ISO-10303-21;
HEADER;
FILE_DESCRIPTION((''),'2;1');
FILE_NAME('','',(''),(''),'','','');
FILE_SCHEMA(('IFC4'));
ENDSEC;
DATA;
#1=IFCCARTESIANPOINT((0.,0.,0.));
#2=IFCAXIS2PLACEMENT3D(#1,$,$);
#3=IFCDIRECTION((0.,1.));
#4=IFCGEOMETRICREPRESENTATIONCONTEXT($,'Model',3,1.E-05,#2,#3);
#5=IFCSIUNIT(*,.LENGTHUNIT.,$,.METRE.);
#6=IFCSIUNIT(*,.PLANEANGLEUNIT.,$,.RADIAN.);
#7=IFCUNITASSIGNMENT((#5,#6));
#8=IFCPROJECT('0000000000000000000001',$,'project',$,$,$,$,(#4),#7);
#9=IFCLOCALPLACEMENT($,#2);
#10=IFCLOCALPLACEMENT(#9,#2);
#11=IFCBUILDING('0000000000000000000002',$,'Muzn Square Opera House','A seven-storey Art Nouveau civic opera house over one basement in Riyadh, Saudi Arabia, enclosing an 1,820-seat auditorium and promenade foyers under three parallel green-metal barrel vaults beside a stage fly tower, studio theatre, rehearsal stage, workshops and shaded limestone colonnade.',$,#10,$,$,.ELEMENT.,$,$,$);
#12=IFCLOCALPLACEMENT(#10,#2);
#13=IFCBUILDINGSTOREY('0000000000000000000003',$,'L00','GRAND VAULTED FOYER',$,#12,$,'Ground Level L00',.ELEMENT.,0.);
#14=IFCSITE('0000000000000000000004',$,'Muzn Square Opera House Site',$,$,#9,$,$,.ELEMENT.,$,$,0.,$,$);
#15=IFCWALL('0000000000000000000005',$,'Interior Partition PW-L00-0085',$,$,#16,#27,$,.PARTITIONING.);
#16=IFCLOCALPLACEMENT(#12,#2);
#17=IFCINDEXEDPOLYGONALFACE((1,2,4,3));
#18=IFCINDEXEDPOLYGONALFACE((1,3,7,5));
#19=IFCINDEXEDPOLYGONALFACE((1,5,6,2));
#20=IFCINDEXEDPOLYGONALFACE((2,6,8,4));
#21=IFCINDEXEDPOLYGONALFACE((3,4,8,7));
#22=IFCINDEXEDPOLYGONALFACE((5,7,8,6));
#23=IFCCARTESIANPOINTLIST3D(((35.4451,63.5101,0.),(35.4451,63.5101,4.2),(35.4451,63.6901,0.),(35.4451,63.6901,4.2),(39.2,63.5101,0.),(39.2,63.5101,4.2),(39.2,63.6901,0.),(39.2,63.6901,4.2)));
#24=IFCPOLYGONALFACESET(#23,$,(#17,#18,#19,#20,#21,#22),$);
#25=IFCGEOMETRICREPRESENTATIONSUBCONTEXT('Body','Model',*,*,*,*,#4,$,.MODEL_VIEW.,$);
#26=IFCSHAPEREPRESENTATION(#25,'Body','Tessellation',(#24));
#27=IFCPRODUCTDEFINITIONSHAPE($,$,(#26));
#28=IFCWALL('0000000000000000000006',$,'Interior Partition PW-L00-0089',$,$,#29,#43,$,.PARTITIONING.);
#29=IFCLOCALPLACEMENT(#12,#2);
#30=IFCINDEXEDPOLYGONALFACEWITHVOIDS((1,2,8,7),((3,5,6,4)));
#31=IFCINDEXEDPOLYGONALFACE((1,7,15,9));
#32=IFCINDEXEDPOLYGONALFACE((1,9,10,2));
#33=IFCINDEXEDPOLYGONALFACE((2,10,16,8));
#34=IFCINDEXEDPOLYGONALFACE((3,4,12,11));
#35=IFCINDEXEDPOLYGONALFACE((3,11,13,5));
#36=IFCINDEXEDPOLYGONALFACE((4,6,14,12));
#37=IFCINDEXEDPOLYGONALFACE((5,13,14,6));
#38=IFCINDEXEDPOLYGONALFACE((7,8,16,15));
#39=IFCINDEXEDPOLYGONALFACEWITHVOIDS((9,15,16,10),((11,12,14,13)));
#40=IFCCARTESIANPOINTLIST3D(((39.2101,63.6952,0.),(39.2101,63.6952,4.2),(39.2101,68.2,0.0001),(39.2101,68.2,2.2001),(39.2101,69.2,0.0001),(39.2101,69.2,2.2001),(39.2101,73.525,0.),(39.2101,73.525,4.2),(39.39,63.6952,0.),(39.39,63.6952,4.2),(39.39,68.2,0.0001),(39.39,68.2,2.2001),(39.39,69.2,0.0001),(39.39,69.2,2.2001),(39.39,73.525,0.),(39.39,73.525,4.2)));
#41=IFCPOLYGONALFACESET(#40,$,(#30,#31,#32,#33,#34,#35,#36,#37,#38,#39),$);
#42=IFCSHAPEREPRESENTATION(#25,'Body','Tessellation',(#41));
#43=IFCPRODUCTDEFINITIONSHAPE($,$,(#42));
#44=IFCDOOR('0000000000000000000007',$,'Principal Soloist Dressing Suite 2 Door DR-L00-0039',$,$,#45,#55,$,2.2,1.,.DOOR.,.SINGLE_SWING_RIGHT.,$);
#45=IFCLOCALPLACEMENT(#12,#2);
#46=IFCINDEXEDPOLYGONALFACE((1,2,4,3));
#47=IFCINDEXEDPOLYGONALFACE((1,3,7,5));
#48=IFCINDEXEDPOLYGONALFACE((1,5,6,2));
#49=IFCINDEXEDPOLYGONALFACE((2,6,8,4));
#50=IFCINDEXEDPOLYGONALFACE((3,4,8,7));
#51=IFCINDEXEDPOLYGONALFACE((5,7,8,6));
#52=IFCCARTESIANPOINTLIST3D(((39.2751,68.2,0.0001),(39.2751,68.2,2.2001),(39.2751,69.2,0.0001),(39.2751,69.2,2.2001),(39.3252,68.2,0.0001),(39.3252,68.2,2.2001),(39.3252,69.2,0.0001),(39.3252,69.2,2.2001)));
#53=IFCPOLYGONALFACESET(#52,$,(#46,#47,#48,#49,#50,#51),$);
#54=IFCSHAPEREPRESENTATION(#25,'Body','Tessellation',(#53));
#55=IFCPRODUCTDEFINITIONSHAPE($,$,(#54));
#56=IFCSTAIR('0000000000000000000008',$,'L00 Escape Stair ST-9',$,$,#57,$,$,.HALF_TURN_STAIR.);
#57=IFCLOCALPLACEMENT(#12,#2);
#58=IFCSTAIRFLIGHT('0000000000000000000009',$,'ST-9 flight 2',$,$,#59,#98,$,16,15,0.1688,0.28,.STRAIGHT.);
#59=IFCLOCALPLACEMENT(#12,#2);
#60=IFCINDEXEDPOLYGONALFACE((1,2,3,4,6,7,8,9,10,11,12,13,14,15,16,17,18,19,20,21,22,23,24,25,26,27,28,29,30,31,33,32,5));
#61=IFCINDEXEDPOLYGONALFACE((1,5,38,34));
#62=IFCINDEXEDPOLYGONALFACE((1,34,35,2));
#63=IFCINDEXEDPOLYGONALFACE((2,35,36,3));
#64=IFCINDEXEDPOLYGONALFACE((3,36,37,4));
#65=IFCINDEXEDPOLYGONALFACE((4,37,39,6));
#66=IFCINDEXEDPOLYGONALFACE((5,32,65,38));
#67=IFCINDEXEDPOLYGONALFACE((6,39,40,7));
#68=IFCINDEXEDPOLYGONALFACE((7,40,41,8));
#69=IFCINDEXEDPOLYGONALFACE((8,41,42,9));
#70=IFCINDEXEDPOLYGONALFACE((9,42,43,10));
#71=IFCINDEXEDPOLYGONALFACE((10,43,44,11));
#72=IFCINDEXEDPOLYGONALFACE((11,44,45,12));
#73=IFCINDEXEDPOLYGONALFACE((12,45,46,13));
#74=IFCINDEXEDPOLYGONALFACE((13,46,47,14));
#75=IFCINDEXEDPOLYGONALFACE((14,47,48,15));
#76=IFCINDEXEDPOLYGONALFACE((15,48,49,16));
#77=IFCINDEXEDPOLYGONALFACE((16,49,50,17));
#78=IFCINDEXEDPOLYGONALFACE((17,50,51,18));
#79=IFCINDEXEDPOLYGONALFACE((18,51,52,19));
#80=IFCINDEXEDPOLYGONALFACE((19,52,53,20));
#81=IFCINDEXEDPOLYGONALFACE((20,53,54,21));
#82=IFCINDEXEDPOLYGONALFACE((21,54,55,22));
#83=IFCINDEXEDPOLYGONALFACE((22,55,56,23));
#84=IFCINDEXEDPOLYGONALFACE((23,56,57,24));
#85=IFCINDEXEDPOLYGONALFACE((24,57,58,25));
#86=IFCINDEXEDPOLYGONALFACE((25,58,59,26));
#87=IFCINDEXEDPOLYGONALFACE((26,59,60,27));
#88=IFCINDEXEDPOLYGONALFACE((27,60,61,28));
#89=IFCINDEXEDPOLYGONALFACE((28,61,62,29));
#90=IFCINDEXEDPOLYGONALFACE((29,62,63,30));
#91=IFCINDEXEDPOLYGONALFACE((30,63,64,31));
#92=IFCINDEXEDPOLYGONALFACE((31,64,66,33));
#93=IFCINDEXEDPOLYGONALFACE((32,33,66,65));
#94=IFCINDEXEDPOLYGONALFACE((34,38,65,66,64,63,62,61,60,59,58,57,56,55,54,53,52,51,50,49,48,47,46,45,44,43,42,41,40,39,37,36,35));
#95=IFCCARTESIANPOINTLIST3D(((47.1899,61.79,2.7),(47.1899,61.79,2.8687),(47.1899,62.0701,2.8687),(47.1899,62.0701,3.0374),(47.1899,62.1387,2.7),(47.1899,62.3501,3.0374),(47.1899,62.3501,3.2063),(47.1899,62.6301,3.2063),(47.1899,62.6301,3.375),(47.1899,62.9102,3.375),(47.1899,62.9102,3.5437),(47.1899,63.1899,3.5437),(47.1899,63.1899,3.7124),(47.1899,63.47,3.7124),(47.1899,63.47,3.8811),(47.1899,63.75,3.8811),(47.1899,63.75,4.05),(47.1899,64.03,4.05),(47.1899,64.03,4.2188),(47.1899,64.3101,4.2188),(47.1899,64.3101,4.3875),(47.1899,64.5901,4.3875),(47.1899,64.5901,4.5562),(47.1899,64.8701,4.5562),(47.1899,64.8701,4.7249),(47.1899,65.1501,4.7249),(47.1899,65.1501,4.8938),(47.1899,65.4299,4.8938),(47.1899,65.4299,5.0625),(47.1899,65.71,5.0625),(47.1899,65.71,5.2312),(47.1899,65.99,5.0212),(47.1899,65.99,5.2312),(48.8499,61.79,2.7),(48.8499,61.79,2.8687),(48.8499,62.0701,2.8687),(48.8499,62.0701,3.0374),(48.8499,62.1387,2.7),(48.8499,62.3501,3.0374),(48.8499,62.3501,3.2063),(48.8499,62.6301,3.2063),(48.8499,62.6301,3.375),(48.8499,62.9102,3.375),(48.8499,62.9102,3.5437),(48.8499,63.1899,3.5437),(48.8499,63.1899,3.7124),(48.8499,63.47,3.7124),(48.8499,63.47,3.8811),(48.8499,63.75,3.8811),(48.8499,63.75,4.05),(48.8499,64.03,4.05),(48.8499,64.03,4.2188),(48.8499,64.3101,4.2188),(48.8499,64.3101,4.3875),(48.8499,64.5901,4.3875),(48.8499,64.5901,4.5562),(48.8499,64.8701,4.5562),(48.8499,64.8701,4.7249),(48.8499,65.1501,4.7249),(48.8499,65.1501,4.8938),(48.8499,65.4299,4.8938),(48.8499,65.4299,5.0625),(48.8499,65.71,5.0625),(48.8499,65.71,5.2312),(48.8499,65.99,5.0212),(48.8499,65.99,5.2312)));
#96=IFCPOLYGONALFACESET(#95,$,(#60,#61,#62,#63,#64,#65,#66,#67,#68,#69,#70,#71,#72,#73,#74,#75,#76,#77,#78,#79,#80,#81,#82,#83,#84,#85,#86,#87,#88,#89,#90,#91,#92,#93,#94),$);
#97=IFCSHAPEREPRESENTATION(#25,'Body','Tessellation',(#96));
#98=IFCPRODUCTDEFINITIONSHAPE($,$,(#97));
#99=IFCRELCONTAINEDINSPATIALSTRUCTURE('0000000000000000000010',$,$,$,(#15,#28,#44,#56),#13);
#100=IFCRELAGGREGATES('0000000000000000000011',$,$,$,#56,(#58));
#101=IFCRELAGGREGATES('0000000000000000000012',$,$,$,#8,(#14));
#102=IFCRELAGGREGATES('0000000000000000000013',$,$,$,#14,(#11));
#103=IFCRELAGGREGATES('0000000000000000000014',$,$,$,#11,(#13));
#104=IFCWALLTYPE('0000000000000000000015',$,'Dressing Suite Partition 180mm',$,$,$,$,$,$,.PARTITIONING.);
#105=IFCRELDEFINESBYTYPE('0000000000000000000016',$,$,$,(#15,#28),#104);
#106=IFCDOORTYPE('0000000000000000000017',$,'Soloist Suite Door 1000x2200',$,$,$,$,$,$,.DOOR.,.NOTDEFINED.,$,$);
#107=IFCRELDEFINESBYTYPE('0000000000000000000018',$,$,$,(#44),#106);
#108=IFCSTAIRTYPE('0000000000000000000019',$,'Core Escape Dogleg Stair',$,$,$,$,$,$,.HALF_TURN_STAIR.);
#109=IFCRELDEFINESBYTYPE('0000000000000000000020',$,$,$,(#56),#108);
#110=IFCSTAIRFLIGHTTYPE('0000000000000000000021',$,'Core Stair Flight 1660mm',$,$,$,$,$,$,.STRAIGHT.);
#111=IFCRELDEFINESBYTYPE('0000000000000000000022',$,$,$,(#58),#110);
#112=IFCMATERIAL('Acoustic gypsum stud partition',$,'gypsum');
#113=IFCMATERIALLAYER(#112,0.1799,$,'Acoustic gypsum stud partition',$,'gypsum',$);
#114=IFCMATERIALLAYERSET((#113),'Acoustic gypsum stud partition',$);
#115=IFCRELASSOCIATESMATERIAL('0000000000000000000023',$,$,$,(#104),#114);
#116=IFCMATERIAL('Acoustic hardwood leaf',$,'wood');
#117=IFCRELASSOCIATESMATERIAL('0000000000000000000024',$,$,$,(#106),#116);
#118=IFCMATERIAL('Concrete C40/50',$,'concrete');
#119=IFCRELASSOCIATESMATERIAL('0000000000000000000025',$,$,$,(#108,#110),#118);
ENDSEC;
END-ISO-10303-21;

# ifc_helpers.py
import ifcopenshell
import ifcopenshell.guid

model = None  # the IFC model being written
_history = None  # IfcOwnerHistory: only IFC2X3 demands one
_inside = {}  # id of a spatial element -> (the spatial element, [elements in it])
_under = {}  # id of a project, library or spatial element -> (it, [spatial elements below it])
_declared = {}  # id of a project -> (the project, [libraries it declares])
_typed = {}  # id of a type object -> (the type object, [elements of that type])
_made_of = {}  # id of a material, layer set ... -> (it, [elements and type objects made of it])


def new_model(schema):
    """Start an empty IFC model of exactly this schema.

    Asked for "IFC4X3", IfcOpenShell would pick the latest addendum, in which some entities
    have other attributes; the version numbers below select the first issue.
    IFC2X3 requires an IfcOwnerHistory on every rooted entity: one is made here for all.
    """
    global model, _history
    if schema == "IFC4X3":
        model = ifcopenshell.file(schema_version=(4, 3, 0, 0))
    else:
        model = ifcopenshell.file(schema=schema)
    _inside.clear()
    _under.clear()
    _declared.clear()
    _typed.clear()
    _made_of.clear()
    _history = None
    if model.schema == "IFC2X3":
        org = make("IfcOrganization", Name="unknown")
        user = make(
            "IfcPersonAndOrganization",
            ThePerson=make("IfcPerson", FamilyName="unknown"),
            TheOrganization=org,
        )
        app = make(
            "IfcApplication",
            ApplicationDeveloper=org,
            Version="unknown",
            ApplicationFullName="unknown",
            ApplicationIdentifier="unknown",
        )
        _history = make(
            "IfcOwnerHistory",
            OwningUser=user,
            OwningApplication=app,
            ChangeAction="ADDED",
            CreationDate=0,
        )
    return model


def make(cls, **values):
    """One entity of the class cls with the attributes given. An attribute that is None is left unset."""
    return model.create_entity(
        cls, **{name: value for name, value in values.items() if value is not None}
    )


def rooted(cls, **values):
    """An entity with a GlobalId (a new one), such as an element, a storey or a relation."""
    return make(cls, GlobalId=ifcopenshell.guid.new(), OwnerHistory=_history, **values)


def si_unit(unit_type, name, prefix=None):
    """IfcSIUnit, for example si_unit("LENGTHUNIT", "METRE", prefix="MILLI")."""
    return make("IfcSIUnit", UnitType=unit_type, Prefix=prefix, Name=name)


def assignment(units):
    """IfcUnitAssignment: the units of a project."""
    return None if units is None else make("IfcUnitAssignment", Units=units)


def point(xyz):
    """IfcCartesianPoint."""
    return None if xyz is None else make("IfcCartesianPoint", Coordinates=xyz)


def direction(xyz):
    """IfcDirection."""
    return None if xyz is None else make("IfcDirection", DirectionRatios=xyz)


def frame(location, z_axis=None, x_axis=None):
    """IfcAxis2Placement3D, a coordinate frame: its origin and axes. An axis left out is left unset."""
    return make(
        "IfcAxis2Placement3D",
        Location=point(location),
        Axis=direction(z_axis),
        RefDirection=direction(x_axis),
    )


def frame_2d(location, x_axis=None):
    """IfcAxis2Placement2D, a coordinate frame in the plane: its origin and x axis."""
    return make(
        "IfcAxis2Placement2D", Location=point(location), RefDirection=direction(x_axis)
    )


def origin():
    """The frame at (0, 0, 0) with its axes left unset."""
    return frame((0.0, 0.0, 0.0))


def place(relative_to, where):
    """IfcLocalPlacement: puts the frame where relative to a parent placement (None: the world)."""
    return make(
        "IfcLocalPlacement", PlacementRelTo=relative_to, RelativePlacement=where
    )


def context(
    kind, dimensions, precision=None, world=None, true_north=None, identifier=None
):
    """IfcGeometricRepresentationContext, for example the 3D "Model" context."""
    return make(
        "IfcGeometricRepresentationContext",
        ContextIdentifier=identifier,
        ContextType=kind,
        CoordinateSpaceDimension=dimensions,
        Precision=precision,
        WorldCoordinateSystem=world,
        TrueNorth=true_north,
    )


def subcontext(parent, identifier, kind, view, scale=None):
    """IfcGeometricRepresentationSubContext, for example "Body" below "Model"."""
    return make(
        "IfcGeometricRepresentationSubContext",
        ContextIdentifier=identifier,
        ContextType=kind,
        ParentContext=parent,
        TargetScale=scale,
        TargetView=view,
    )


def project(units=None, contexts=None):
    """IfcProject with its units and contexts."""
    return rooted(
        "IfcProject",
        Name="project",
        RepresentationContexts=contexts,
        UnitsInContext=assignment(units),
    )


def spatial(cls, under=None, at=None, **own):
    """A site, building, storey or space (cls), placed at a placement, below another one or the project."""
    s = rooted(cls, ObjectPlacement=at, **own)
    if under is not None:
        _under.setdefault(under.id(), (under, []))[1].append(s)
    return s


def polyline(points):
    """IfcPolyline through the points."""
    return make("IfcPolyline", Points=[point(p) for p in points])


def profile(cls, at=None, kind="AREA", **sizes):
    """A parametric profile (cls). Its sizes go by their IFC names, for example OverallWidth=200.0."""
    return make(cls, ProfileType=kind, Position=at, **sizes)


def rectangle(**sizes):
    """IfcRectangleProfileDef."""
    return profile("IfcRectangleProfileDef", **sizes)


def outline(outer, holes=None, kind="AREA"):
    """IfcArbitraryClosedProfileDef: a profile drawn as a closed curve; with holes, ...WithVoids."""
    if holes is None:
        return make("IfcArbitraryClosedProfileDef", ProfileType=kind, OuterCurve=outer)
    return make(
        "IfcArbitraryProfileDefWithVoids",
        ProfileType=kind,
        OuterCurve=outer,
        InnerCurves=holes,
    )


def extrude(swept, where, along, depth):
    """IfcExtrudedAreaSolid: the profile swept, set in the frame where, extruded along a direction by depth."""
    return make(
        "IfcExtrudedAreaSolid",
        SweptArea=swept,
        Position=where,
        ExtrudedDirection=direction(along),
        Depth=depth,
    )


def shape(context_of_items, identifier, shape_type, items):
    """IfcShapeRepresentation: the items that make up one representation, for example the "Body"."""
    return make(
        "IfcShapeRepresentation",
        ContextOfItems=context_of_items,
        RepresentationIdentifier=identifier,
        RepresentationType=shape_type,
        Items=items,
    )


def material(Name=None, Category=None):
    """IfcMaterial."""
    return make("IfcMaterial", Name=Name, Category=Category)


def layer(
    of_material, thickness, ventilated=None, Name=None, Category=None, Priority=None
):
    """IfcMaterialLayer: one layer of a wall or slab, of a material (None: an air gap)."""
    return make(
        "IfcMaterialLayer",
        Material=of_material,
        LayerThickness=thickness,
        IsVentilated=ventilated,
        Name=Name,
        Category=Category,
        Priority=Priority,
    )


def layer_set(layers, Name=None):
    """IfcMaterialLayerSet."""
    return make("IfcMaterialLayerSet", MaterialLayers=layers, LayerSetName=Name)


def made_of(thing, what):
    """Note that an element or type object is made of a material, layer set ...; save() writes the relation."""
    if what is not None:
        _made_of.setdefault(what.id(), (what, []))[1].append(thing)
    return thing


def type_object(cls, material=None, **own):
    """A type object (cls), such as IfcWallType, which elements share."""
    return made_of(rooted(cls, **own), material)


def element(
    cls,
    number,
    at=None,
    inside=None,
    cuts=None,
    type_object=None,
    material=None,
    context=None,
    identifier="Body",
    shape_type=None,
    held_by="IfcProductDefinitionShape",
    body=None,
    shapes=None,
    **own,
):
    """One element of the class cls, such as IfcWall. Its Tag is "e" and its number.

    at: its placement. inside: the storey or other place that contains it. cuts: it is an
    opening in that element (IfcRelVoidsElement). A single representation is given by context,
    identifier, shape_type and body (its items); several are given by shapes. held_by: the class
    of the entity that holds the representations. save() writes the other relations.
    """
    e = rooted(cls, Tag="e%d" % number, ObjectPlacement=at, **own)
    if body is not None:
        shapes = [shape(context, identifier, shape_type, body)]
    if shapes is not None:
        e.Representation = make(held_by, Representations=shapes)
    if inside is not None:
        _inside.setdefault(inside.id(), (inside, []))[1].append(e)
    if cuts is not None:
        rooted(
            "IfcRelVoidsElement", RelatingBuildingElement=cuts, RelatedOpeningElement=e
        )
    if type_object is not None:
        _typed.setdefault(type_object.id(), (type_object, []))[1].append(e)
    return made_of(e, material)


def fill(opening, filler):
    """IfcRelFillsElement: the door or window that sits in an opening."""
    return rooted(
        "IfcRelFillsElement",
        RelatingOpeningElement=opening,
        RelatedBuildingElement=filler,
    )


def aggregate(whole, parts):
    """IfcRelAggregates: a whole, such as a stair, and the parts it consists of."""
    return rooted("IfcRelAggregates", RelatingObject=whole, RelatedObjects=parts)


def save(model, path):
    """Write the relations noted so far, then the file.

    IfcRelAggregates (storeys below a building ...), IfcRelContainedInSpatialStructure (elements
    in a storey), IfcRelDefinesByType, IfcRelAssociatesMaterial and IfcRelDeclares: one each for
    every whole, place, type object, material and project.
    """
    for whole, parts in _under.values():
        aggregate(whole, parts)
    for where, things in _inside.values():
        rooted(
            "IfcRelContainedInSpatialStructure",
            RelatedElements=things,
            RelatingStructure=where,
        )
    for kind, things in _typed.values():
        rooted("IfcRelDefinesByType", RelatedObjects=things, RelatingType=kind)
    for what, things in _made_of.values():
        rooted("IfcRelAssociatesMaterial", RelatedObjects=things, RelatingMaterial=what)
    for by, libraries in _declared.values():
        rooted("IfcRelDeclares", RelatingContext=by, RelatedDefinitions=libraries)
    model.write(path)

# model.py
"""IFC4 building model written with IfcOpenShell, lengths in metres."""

from ifc_helpers import new_model, si_unit, direction, frame, frame_2d, origin, place, context, subcontext, project, spatial, polyline, rectangle, outline, extrude, material, layer, layer_set, type_object, element, fill, aggregate, save


model = new_model("IFC4")

# Units and contexts
model_context = context("Model", 3, precision=1e-05, world=origin(), true_north=direction((0.0, 1.0)))
body_context = subcontext(model_context, "Body", "Model", "MODEL_VIEW")
ifc_project = project(units=[si_unit("LENGTHUNIT", "METRE"), si_unit("PLANEANGLEUNIT", "RADIAN")], contexts=[model_context])

# Site, building, storey
site_placement = place(None, origin())
site = spatial("IfcSite", under=ifc_project, at=site_placement, Name="Muzn Square Opera House Site", CompositionType="ELEMENT", RefElevation=0.0)
building_placement = place(site_placement, origin())
building = spatial("IfcBuilding", under=site, at=building_placement, Name="Muzn Square Opera House", Description="A seven-storey Art Nouveau civic opera house over one basement in Riyadh, Saudi Arabia, enclosing an 1,820-seat auditorium and promenade foyers under three parallel green-metal barrel vaults beside a stage fly tower, studio theatre, rehearsal stage, workshops and shaded limestone colonnade.", CompositionType="ELEMENT")
storey_placement = place(building_placement, origin())
storey = spatial("IfcBuildingStorey", under=building, at=storey_placement, Name="L00", Description="GRAND VAULTED FOYER", LongName="Ground Level L00", CompositionType="ELEMENT", Elevation=0.0)

# Shared definitions
ifc_material_1 = material(Name="Concrete C40/50", Category="concrete")

# Wall
ifc_material_2 = material(Name="Acoustic gypsum stud partition", Category="gypsum")
ifc_layer_1 = layer(ifc_material_2, 0.1799, Name="Acoustic gypsum stud partition", Category="gypsum")
ifc_layer_set_1 = layer_set([ifc_layer_1], Name="Acoustic gypsum stud partition")
wall_type_1 = type_object("IfcWallType", Name="Dressing Suite Partition 180mm", PredefinedType="PARTITIONING", material=ifc_layer_set_1)
wall_1_placement = place(storey_placement, frame((35.4451, 63.6001, 0.0), z_axis=(0.0, 0.0, 1.0), x_axis=(1.0, 0.0, 0.0)))
element("IfcWall", 1, at=wall_1_placement, inside=storey, type_object=wall_type_1, Name="Interior Partition PW-L00-0085", PredefinedType="PARTITIONING", context=body_context, shape_type="SweptSolid", body=[
    extrude(rectangle(XDim=3.7549, YDim=0.1799, at=frame_2d((1.8774, 0.0))), origin(), (0.0, 0.0, 1.0), 4.2),
])

# Wall, opening, door
wall_2_placement = place(storey_placement, frame((39.3, 63.6951, 0.0), z_axis=(0.0, 0.0, 1.0), x_axis=(0.0, 1.0, 0.0)))
wall_2 = element("IfcWall", 2, at=wall_2_placement, inside=storey, type_object=wall_type_1, Name="Interior Partition PW-L00-0089", PredefinedType="PARTITIONING", context=body_context, shape_type="SweptSolid", body=[
    extrude(rectangle(XDim=9.8298, YDim=0.1799, at=frame_2d((4.915, 0.0))), origin(), (0.0, 0.0, 1.0), 4.2),
])
opening_placement = place(wall_2_placement, frame((4.5049, 0.0, 0.0)))
opening = element("IfcOpeningElement", 3, at=opening_placement, cuts=wall_2, PredefinedType="OPENING", context=body_context, shape_type="SweptSolid", body=[
    extrude(rectangle(XDim=1.0, YDim=2.2, at=frame_2d((0.5, 1.1001))), frame((0.0, 0.0999, 0.0), z_axis=(0.0, -1.0, 0.0), x_axis=(1.0, 0.0, 0.0)), (0.0, 0.0, 1.0), 0.2),
])
ifc_material_3 = material(Name="Acoustic hardwood leaf", Category="wood")
door_type = type_object("IfcDoorType", Name="Soloist Suite Door 1000x2200", OperationType="NOTDEFINED", PredefinedType="DOOR", material=ifc_material_3)
door_placement = place(opening_placement, origin())
door = element("IfcDoor", 4, at=door_placement, inside=storey, type_object=door_type, Name="Principal Soloist Dressing Suite 2 Door DR-L00-0039", OperationType="SINGLE_SWING_RIGHT", OverallHeight=2.2, OverallWidth=1.0, PredefinedType="DOOR", context=body_context, shape_type="SweptSolid", body=[
    extrude(rectangle(XDim=1.0, YDim=2.2, at=frame_2d((0.5, 1.1001))), frame((0.0, 0.0249, 0.0), z_axis=(0.0, -1.0, 0.0), x_axis=(1.0, 0.0, 0.0)), (0.0, 0.0, 1.0), 0.05),
])
fill(opening, door)

# Stair, stair flight
stair_type = type_object("IfcStairType", Name="Core Escape Dogleg Stair", PredefinedType="HALF_TURN_STAIR", material=ifc_material_1)
stair_placement = place(storey_placement, origin())
stair = element("IfcStair", 5, at=stair_placement, inside=storey, type_object=stair_type, Name="L00 Escape Stair ST-9", PredefinedType="HALF_TURN_STAIR")
stair_flight_type = type_object("IfcStairFlightType", Name="Core Stair Flight 1660mm", PredefinedType="STRAIGHT", material=ifc_material_1)
stair_flight_placement = place(storey_placement, frame((48.02, 61.79, 2.7), z_axis=(0.0, 0.0, 1.0), x_axis=(0.0, 1.0, 0.0)))
stair_flight = element("IfcStairFlight", 6, at=stair_flight_placement, type_object=stair_flight_type, Name="ST-9 flight 2", NumberOfRisers=16, NumberOfTreads=15, PredefinedType="STRAIGHT", RiserHeight=0.1688, TreadLength=0.28, context=body_context, shape_type="SweptSolid", body=[
    extrude(outline(polyline([(0.0, 0.0), (0.0, 0.1687), (0.28, 0.1687), (0.28, 0.3374), (0.5601, 0.3374), (0.5601, 0.5063), (0.8401, 0.5063), (0.8401, 0.675), (1.1201, 0.675), (1.1201, 0.8438), (1.3999, 0.8438), (1.3999, 1.0125), (1.6799, 1.0125), (1.6799, 1.1812), (1.96, 1.1812), (1.96, 1.3501), (2.24, 1.3501), (2.24, 1.5188), (2.52, 1.5188), (2.52, 1.6875), (2.8, 1.6875), (2.8, 1.8562), (3.0801, 1.8562), (3.0801, 2.0249), (3.3601, 2.0249), (3.3601, 2.1938), (3.6399, 2.1938), (3.6399, 2.3625), (3.9199, 2.3625), (3.9199, 2.5312), (4.2, 2.5312), (4.2, 2.7), (4.2, 2.3213), (0.3486, 0.0), (0.0, 0.0)])), frame((0.0, 0.8301, 0.0), z_axis=(0.0, -1.0, 0.0), x_axis=(1.0, 0.0, 0.0)), (0.0, 0.0, 1.0), 1.6599),
])
aggregate(stair, [stair_flight])

save(model, "model.ifc")
